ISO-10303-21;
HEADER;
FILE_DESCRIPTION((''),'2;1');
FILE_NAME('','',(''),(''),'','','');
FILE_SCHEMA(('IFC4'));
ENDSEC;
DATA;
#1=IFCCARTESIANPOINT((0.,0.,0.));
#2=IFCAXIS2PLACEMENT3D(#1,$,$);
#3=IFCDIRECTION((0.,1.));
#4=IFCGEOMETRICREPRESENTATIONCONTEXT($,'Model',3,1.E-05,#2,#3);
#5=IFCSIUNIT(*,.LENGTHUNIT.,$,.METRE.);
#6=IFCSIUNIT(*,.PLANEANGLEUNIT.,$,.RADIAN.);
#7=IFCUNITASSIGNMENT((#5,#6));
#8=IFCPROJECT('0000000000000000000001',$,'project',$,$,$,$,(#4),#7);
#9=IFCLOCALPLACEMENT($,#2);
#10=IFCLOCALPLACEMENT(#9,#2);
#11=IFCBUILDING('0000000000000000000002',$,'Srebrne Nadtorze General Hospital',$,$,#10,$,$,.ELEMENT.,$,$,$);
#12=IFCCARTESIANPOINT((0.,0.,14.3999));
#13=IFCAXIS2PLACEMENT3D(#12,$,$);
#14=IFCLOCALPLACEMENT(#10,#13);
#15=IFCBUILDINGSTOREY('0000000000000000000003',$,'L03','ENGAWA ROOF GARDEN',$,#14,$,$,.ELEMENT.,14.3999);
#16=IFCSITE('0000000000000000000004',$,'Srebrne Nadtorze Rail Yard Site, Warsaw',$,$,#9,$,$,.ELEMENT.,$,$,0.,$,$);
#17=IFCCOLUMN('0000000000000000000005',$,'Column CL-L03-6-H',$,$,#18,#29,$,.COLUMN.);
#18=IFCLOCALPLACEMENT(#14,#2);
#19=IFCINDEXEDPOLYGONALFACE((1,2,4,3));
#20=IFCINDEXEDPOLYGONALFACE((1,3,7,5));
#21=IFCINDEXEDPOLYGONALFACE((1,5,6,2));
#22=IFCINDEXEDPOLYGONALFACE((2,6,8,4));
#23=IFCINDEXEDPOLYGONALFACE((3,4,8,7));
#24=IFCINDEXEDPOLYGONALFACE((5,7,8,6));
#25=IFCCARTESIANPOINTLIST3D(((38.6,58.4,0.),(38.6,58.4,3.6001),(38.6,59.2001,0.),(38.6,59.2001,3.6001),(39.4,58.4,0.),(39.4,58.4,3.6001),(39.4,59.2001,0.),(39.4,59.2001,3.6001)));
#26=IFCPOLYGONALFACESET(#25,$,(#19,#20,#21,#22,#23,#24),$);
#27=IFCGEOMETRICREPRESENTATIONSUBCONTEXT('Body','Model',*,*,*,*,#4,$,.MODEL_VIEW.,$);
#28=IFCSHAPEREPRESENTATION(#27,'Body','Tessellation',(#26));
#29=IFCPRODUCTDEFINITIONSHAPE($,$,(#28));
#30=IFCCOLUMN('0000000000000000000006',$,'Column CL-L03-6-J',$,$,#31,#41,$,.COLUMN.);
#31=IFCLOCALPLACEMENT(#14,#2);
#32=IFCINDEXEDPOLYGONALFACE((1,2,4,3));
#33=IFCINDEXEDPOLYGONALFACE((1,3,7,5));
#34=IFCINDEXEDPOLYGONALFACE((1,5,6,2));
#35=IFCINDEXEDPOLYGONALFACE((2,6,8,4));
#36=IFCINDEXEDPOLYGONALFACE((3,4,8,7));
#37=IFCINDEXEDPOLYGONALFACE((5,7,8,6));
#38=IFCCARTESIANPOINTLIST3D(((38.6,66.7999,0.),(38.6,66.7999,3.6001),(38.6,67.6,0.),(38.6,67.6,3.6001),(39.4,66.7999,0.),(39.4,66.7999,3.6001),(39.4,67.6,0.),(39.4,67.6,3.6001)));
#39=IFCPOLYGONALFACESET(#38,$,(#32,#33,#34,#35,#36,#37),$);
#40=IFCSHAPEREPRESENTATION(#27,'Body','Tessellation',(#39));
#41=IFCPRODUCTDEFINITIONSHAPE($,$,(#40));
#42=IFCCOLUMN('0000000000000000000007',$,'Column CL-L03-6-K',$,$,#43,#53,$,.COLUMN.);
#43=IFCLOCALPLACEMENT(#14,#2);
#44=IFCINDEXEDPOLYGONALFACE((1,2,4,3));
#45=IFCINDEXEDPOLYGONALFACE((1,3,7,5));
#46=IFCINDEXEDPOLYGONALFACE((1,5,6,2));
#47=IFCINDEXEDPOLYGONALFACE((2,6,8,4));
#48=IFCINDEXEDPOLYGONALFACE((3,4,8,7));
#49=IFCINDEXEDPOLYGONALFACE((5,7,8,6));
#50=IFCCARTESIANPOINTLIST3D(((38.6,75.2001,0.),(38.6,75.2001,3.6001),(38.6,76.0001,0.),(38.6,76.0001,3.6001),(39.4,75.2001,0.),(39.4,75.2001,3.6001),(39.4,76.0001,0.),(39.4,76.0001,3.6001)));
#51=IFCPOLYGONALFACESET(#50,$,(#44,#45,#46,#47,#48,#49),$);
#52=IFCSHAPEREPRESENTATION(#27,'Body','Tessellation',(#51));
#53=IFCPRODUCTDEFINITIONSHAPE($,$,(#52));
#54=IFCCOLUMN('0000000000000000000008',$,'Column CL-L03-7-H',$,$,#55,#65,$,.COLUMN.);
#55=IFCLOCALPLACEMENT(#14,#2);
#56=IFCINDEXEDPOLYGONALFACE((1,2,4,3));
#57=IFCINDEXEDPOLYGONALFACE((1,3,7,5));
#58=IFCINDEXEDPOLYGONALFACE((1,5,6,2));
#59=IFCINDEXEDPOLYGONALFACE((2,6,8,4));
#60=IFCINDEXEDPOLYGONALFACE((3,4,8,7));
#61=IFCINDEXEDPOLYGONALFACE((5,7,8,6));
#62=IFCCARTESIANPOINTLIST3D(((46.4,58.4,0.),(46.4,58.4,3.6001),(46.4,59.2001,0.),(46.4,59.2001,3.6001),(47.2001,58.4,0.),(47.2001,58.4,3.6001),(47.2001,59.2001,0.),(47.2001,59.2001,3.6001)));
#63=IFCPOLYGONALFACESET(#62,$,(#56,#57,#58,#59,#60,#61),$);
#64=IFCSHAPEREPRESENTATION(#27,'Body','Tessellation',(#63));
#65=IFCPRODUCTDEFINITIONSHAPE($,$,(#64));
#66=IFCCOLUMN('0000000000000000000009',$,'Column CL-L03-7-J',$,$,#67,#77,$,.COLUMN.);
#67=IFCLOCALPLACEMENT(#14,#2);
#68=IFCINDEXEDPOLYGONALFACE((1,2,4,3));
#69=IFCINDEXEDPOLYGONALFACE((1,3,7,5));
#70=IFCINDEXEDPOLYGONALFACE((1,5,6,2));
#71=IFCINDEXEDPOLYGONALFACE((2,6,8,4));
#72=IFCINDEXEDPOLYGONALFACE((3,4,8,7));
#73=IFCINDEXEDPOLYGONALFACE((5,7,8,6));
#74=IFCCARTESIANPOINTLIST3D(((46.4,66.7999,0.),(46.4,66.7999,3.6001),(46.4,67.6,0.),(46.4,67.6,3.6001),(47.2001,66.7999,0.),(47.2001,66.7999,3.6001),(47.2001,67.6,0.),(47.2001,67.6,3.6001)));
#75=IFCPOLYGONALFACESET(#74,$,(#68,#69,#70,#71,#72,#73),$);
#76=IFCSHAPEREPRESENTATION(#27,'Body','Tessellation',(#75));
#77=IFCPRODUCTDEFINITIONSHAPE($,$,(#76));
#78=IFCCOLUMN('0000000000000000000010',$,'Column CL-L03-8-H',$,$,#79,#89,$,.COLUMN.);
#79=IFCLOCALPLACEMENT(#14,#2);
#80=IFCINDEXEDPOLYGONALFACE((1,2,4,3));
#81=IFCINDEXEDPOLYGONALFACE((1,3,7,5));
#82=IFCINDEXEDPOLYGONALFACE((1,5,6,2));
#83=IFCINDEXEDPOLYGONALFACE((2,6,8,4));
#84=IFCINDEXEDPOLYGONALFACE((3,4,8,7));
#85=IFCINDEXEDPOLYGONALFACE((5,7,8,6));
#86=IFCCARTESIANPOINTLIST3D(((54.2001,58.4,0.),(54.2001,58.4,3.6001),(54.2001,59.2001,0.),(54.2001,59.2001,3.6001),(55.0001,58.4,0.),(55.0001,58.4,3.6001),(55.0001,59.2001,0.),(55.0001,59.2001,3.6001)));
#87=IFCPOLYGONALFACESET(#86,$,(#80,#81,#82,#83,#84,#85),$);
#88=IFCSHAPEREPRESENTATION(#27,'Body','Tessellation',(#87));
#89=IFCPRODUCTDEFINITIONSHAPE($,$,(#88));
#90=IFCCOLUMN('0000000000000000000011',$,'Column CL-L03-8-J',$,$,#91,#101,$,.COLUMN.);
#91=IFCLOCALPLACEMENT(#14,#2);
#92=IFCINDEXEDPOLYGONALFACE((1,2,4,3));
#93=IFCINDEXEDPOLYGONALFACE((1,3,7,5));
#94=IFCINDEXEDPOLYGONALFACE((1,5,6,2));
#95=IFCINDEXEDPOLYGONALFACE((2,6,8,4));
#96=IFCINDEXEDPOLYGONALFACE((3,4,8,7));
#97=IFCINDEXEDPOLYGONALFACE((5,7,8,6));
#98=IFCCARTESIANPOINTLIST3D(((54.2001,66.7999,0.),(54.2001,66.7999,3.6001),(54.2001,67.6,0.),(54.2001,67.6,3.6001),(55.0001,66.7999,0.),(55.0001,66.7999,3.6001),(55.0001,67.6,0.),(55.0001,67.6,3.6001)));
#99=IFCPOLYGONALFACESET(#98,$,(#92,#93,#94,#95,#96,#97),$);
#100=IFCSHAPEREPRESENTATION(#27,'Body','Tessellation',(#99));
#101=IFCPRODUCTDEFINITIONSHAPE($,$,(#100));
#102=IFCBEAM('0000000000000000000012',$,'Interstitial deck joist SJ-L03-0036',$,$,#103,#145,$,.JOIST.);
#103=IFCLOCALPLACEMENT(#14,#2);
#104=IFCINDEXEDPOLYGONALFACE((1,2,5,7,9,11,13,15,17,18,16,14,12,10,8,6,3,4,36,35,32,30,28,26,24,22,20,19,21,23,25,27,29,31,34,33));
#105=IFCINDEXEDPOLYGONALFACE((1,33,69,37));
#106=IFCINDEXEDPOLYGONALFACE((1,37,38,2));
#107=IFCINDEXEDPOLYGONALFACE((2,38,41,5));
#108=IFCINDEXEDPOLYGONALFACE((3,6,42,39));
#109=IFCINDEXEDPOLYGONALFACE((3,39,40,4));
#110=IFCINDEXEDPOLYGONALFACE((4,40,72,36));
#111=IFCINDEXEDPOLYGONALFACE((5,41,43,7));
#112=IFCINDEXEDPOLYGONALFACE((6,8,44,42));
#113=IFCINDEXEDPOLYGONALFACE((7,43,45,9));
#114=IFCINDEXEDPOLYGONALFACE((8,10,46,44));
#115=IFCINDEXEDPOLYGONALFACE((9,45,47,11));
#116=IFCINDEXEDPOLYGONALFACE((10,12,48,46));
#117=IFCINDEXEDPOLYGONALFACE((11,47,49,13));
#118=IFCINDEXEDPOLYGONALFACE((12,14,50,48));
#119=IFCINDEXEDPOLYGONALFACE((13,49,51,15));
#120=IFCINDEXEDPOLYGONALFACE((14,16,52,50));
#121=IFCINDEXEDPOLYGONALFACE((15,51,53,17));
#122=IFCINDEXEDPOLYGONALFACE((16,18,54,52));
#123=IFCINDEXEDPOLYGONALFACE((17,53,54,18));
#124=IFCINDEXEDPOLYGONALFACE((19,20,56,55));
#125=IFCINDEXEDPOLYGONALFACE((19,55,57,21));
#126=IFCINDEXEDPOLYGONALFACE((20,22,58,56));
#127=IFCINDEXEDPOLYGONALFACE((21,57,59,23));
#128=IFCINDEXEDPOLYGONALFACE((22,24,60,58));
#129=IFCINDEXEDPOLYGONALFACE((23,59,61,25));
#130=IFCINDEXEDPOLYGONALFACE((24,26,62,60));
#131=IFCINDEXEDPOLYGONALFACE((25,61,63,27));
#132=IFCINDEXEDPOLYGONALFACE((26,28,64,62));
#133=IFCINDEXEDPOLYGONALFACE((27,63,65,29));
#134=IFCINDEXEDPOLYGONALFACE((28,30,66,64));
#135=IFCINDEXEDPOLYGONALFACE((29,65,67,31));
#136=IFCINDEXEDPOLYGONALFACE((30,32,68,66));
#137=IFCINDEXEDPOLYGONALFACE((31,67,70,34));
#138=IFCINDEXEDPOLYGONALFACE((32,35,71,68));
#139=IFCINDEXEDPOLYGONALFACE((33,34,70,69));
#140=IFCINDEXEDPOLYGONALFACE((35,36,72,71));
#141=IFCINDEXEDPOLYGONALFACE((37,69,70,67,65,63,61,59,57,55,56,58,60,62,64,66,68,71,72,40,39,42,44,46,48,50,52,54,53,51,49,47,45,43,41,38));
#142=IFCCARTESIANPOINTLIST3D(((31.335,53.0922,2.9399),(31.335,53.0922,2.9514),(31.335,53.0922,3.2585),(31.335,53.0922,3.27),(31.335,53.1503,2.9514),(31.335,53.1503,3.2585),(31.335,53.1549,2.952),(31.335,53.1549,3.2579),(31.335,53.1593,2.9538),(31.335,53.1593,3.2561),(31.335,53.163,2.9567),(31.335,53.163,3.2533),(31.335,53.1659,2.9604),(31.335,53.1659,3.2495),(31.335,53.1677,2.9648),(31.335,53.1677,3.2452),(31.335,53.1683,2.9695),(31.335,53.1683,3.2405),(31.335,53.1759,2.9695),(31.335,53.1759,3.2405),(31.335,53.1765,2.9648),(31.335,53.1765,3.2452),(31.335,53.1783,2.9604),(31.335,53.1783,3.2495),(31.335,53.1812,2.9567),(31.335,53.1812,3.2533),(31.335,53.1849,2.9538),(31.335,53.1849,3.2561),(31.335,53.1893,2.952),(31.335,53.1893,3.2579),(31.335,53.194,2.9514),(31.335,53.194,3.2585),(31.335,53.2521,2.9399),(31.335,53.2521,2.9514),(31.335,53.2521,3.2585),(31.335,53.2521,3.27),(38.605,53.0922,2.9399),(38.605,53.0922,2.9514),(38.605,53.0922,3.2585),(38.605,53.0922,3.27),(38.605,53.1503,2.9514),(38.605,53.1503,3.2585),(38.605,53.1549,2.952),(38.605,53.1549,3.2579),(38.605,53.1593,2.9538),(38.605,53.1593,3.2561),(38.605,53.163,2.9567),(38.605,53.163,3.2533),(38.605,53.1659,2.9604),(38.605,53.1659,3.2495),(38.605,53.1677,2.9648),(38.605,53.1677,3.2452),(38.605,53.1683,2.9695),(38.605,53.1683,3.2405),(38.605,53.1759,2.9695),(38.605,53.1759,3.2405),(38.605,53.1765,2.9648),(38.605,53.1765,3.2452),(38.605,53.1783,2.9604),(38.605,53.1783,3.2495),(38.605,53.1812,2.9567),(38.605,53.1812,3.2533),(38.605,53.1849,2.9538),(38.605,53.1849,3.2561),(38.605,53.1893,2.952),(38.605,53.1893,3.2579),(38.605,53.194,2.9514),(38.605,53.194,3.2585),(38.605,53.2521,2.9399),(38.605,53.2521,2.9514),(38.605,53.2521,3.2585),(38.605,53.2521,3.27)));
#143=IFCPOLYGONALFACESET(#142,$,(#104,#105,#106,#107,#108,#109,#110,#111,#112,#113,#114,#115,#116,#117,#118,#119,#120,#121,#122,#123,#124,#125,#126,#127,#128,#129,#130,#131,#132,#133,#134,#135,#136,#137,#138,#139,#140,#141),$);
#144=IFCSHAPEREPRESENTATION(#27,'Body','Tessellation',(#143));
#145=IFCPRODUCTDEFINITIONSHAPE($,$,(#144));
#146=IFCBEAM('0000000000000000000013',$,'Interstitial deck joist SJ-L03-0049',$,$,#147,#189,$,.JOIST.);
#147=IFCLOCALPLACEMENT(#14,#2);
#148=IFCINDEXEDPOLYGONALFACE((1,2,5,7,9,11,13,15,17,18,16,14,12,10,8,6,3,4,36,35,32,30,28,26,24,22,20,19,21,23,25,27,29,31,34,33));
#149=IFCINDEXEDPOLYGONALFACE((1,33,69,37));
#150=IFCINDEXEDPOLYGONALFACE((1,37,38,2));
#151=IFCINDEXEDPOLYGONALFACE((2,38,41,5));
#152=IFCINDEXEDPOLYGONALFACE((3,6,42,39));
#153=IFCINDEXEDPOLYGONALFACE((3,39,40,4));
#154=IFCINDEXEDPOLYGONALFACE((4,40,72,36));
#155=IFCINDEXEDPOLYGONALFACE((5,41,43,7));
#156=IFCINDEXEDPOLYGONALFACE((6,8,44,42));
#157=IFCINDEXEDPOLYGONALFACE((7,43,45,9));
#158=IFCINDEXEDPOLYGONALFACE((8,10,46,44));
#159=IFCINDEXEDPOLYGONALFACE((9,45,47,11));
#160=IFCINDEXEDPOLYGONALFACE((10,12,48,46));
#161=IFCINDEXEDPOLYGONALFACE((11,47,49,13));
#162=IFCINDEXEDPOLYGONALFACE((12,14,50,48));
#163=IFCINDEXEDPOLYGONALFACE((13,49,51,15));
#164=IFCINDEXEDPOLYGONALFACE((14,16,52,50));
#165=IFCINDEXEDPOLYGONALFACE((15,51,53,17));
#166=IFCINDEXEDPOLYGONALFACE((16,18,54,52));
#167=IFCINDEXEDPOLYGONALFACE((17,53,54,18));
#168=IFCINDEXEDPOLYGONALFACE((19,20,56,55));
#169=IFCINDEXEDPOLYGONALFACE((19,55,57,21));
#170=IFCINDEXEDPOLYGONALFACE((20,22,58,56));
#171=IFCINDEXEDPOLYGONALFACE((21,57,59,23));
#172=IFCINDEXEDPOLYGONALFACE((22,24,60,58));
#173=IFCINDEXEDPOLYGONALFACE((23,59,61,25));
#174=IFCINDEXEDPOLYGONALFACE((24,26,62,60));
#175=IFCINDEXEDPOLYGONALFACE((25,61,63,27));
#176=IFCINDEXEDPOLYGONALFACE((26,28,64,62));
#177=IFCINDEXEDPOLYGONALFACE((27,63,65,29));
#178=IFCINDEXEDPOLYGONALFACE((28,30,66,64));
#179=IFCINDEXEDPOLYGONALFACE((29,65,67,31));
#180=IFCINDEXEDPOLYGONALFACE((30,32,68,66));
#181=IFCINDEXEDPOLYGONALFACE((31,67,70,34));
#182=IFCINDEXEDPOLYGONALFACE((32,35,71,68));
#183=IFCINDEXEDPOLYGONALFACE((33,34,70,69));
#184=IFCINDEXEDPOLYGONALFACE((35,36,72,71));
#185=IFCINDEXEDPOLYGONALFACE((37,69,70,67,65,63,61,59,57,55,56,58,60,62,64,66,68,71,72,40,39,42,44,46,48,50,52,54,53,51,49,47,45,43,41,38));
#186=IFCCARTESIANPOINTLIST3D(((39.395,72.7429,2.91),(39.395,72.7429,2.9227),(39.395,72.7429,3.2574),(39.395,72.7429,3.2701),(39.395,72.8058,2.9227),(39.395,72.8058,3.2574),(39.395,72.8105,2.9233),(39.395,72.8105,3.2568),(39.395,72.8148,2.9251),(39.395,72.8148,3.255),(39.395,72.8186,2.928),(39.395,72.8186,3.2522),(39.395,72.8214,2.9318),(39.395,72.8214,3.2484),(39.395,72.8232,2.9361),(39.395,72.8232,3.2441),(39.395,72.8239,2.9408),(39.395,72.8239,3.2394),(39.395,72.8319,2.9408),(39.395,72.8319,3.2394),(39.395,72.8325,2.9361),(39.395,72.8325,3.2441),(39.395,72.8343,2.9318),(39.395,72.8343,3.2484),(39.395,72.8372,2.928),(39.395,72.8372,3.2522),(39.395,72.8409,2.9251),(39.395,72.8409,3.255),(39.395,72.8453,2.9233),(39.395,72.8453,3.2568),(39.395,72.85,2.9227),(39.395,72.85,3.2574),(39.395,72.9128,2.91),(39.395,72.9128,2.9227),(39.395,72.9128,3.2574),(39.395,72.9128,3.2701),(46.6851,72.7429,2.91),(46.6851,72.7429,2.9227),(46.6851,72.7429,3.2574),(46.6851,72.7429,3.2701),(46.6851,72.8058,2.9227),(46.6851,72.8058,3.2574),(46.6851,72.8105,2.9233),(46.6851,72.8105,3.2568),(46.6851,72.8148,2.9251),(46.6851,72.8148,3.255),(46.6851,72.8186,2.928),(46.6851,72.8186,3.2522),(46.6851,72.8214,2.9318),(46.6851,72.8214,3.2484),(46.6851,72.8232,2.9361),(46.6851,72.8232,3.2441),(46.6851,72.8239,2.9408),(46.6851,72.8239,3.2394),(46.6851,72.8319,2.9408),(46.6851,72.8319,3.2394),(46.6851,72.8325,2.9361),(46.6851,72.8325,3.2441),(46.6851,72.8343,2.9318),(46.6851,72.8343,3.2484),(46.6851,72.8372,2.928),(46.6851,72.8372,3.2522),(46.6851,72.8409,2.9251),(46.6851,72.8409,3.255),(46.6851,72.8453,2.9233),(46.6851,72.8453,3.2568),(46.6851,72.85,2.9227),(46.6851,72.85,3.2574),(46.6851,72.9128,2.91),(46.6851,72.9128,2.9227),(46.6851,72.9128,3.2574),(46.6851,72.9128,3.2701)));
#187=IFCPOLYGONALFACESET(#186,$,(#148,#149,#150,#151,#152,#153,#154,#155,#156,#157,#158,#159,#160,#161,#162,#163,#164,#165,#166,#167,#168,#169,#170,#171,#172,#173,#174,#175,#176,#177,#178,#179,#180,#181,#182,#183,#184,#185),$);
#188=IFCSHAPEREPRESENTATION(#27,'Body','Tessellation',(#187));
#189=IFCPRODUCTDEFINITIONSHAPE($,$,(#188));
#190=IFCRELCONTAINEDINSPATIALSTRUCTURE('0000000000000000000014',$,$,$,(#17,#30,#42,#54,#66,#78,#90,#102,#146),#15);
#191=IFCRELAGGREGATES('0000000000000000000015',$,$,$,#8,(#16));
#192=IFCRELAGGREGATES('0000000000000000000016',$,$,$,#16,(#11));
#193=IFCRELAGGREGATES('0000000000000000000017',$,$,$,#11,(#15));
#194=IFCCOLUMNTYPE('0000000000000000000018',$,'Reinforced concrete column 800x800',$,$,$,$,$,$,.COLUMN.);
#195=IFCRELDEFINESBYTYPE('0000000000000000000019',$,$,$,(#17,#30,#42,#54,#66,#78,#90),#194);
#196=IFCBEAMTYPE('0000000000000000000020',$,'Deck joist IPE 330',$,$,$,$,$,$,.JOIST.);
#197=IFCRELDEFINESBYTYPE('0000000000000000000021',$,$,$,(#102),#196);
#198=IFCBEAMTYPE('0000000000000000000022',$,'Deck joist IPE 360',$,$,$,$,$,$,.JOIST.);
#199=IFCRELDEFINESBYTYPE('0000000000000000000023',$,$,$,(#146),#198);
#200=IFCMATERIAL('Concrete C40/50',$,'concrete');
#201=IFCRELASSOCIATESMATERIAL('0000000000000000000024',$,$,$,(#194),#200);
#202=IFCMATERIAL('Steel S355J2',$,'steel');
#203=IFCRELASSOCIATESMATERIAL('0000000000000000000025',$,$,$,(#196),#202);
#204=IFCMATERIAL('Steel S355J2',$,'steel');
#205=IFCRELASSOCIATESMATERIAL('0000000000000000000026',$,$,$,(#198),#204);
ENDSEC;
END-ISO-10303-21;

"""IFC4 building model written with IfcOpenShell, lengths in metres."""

from ifc_helpers import new_model, si_unit, direction, frame, origin, origin_2d, place, context, subcontext, project, spatial, rectangle, i_section, extrude, material, material_profile, profile_set, type_object, element, save


model = new_model("IFC4")

# Units and contexts
model_context = context("Model", 3, precision=1e-05, world=origin(), true_north=direction((0.0, 1.0)))
body_context = subcontext(model_context, "Body", "Model", "MODEL_VIEW")
ifc_project = project(units=[si_unit("LENGTHUNIT", "METRE"), si_unit("PLANEANGLEUNIT", "RADIAN")], contexts=[model_context])

# Site, building, storey
site_placement = place(None, origin())
site = spatial("IfcSite", under=ifc_project, at=site_placement, Name="Srebrne Nadtorze Rail Yard Site, Warsaw", CompositionType="ELEMENT", RefElevation=0.0)
building_placement = place(site_placement, origin())
building = spatial("IfcBuilding", under=site, at=building_placement, Name="Srebrne Nadtorze General Hospital", CompositionType="ELEMENT")
storey_placement = place(building_placement, frame((0.0, 0.0, 14.3999)))
storey = spatial("IfcBuildingStorey", under=building, at=storey_placement, Name="L03", Description="ENGAWA ROOF GARDEN", CompositionType="ELEMENT", Elevation=14.3999)

# Columns
ifc_material_1 = material(Name="Concrete C40/50", Category="concrete")
ifc_material_profile_1 = material_profile(ifc_material_1, rectangle(XDim=0.8, YDim=0.8, at=origin_2d()), Name="RC-COL-800x800")
ifc_profile_set_1 = profile_set([ifc_material_profile_1], Name="Concrete C40/50")
column_type = type_object("IfcColumnType", Name="Reinforced concrete column 800x800", PredefinedType="COLUMN", material=ifc_profile_set_1)
for number, where, z_axis, x_axis, name in (
    (1, (39.0, 58.8, 0.0), (0.0, 0.0, 1.0), (1.0, 0.0, 0.0), "Column CL-L03-6-H"),
    (2, (39.0, 67.2, 0.0), (0.0, 0.0, 1.0), (1.0, 0.0, 0.0), "Column CL-L03-6-J"),
    (3, (39.0, 75.6001, 0.0), (0.0, 0.0, 1.0), (1.0, 0.0, 0.0), "Column CL-L03-6-K"),
    (4, (46.8, 58.8, 0.0), (0.0, 0.0, 1.0), (1.0, 0.0, 0.0), "Column CL-L03-7-H"),
    (5, (46.8, 67.2, 0.0), (0.0, 0.0, 1.0), (1.0, 0.0, 0.0), "Column CL-L03-7-J"),
    (6, (54.6001, 58.8, 0.0), (0.0, 0.0, 1.0), (1.0, 0.0, 0.0), "Column CL-L03-8-H"),
    (7, (54.6001, 67.2, 0.0), (0.0, 0.0, 1.0), (1.0, 0.0, 0.0), "Column CL-L03-8-J"),
):
    element("IfcColumn", number, at=place(storey_placement, frame(where, z_axis=z_axis, x_axis=x_axis)), inside=storey, type_object=column_type, Name=name, PredefinedType="COLUMN", context=body_context, shape_type="SweptSolid", body=[
        extrude(rectangle(XDim=0.8, YDim=0.8, at=origin_2d()), origin(), (0.0, 0.0, 1.0), 3.6001),
    ])

# Beams
ifc_material_2 = material(Name="Steel S355J2", Category="steel")
ifc_material_profile_2 = material_profile(ifc_material_2, i_section(OverallWidth=0.1599, OverallDepth=0.3301, WebThickness=0.0076, FlangeThickness=0.0115, FilletRadius=0.0181, at=origin_2d()), Name="IPE-330")
ifc_profile_set_2 = profile_set([ifc_material_profile_2], Name="Steel S355J2")
beam_type_1 = type_object("IfcBeamType", Name="Deck joist IPE 330", PredefinedType="JOIST", material=ifc_profile_set_2)
beam_1_placement = place(storey_placement, frame((31.335, 53.1721, 3.105), z_axis=(1.0, 0.0, 0.0), x_axis=(0.0, 1.0, 0.0)))
element("IfcBeam", 8, at=beam_1_placement, inside=storey, type_object=beam_type_1, Name="Interstitial deck joist SJ-L03-0036", PredefinedType="JOIST", context=body_context, shape_type="SweptSolid", body=[
    extrude(i_section(OverallWidth=0.1599, OverallDepth=0.3301, WebThickness=0.0076, FlangeThickness=0.0115, FilletRadius=0.0181, at=origin_2d()), origin(), (0.0, 0.0, 1.0), 7.27),
])
ifc_material_3 = material(Name="Steel S355J2", Category="steel")
ifc_material_profile_3 = material_profile(ifc_material_3, i_section(OverallWidth=0.1699, OverallDepth=0.3601, WebThickness=0.0081, FlangeThickness=0.0127, FilletRadius=0.0181, at=origin_2d()), Name="IPE-360")
ifc_profile_set_3 = profile_set([ifc_material_profile_3], Name="Steel S355J2")
beam_type_2 = type_object("IfcBeamType", Name="Deck joist IPE 360", PredefinedType="JOIST", material=ifc_profile_set_3)
beam_2_placement = place(storey_placement, frame((39.395, 72.8279, 3.0901), z_axis=(1.0, 0.0, 0.0), x_axis=(0.0, 1.0, 0.0)))
element("IfcBeam", 9, at=beam_2_placement, inside=storey, type_object=beam_type_2, Name="Interstitial deck joist SJ-L03-0049", PredefinedType="JOIST", context=body_context, shape_type="SweptSolid", body=[
    extrude(i_section(OverallWidth=0.1699, OverallDepth=0.3601, WebThickness=0.0081, FlangeThickness=0.0127, FilletRadius=0.0181, at=origin_2d()), origin(), (0.0, 0.0, 1.0), 7.29),
])

save(model, "model.ifc")
